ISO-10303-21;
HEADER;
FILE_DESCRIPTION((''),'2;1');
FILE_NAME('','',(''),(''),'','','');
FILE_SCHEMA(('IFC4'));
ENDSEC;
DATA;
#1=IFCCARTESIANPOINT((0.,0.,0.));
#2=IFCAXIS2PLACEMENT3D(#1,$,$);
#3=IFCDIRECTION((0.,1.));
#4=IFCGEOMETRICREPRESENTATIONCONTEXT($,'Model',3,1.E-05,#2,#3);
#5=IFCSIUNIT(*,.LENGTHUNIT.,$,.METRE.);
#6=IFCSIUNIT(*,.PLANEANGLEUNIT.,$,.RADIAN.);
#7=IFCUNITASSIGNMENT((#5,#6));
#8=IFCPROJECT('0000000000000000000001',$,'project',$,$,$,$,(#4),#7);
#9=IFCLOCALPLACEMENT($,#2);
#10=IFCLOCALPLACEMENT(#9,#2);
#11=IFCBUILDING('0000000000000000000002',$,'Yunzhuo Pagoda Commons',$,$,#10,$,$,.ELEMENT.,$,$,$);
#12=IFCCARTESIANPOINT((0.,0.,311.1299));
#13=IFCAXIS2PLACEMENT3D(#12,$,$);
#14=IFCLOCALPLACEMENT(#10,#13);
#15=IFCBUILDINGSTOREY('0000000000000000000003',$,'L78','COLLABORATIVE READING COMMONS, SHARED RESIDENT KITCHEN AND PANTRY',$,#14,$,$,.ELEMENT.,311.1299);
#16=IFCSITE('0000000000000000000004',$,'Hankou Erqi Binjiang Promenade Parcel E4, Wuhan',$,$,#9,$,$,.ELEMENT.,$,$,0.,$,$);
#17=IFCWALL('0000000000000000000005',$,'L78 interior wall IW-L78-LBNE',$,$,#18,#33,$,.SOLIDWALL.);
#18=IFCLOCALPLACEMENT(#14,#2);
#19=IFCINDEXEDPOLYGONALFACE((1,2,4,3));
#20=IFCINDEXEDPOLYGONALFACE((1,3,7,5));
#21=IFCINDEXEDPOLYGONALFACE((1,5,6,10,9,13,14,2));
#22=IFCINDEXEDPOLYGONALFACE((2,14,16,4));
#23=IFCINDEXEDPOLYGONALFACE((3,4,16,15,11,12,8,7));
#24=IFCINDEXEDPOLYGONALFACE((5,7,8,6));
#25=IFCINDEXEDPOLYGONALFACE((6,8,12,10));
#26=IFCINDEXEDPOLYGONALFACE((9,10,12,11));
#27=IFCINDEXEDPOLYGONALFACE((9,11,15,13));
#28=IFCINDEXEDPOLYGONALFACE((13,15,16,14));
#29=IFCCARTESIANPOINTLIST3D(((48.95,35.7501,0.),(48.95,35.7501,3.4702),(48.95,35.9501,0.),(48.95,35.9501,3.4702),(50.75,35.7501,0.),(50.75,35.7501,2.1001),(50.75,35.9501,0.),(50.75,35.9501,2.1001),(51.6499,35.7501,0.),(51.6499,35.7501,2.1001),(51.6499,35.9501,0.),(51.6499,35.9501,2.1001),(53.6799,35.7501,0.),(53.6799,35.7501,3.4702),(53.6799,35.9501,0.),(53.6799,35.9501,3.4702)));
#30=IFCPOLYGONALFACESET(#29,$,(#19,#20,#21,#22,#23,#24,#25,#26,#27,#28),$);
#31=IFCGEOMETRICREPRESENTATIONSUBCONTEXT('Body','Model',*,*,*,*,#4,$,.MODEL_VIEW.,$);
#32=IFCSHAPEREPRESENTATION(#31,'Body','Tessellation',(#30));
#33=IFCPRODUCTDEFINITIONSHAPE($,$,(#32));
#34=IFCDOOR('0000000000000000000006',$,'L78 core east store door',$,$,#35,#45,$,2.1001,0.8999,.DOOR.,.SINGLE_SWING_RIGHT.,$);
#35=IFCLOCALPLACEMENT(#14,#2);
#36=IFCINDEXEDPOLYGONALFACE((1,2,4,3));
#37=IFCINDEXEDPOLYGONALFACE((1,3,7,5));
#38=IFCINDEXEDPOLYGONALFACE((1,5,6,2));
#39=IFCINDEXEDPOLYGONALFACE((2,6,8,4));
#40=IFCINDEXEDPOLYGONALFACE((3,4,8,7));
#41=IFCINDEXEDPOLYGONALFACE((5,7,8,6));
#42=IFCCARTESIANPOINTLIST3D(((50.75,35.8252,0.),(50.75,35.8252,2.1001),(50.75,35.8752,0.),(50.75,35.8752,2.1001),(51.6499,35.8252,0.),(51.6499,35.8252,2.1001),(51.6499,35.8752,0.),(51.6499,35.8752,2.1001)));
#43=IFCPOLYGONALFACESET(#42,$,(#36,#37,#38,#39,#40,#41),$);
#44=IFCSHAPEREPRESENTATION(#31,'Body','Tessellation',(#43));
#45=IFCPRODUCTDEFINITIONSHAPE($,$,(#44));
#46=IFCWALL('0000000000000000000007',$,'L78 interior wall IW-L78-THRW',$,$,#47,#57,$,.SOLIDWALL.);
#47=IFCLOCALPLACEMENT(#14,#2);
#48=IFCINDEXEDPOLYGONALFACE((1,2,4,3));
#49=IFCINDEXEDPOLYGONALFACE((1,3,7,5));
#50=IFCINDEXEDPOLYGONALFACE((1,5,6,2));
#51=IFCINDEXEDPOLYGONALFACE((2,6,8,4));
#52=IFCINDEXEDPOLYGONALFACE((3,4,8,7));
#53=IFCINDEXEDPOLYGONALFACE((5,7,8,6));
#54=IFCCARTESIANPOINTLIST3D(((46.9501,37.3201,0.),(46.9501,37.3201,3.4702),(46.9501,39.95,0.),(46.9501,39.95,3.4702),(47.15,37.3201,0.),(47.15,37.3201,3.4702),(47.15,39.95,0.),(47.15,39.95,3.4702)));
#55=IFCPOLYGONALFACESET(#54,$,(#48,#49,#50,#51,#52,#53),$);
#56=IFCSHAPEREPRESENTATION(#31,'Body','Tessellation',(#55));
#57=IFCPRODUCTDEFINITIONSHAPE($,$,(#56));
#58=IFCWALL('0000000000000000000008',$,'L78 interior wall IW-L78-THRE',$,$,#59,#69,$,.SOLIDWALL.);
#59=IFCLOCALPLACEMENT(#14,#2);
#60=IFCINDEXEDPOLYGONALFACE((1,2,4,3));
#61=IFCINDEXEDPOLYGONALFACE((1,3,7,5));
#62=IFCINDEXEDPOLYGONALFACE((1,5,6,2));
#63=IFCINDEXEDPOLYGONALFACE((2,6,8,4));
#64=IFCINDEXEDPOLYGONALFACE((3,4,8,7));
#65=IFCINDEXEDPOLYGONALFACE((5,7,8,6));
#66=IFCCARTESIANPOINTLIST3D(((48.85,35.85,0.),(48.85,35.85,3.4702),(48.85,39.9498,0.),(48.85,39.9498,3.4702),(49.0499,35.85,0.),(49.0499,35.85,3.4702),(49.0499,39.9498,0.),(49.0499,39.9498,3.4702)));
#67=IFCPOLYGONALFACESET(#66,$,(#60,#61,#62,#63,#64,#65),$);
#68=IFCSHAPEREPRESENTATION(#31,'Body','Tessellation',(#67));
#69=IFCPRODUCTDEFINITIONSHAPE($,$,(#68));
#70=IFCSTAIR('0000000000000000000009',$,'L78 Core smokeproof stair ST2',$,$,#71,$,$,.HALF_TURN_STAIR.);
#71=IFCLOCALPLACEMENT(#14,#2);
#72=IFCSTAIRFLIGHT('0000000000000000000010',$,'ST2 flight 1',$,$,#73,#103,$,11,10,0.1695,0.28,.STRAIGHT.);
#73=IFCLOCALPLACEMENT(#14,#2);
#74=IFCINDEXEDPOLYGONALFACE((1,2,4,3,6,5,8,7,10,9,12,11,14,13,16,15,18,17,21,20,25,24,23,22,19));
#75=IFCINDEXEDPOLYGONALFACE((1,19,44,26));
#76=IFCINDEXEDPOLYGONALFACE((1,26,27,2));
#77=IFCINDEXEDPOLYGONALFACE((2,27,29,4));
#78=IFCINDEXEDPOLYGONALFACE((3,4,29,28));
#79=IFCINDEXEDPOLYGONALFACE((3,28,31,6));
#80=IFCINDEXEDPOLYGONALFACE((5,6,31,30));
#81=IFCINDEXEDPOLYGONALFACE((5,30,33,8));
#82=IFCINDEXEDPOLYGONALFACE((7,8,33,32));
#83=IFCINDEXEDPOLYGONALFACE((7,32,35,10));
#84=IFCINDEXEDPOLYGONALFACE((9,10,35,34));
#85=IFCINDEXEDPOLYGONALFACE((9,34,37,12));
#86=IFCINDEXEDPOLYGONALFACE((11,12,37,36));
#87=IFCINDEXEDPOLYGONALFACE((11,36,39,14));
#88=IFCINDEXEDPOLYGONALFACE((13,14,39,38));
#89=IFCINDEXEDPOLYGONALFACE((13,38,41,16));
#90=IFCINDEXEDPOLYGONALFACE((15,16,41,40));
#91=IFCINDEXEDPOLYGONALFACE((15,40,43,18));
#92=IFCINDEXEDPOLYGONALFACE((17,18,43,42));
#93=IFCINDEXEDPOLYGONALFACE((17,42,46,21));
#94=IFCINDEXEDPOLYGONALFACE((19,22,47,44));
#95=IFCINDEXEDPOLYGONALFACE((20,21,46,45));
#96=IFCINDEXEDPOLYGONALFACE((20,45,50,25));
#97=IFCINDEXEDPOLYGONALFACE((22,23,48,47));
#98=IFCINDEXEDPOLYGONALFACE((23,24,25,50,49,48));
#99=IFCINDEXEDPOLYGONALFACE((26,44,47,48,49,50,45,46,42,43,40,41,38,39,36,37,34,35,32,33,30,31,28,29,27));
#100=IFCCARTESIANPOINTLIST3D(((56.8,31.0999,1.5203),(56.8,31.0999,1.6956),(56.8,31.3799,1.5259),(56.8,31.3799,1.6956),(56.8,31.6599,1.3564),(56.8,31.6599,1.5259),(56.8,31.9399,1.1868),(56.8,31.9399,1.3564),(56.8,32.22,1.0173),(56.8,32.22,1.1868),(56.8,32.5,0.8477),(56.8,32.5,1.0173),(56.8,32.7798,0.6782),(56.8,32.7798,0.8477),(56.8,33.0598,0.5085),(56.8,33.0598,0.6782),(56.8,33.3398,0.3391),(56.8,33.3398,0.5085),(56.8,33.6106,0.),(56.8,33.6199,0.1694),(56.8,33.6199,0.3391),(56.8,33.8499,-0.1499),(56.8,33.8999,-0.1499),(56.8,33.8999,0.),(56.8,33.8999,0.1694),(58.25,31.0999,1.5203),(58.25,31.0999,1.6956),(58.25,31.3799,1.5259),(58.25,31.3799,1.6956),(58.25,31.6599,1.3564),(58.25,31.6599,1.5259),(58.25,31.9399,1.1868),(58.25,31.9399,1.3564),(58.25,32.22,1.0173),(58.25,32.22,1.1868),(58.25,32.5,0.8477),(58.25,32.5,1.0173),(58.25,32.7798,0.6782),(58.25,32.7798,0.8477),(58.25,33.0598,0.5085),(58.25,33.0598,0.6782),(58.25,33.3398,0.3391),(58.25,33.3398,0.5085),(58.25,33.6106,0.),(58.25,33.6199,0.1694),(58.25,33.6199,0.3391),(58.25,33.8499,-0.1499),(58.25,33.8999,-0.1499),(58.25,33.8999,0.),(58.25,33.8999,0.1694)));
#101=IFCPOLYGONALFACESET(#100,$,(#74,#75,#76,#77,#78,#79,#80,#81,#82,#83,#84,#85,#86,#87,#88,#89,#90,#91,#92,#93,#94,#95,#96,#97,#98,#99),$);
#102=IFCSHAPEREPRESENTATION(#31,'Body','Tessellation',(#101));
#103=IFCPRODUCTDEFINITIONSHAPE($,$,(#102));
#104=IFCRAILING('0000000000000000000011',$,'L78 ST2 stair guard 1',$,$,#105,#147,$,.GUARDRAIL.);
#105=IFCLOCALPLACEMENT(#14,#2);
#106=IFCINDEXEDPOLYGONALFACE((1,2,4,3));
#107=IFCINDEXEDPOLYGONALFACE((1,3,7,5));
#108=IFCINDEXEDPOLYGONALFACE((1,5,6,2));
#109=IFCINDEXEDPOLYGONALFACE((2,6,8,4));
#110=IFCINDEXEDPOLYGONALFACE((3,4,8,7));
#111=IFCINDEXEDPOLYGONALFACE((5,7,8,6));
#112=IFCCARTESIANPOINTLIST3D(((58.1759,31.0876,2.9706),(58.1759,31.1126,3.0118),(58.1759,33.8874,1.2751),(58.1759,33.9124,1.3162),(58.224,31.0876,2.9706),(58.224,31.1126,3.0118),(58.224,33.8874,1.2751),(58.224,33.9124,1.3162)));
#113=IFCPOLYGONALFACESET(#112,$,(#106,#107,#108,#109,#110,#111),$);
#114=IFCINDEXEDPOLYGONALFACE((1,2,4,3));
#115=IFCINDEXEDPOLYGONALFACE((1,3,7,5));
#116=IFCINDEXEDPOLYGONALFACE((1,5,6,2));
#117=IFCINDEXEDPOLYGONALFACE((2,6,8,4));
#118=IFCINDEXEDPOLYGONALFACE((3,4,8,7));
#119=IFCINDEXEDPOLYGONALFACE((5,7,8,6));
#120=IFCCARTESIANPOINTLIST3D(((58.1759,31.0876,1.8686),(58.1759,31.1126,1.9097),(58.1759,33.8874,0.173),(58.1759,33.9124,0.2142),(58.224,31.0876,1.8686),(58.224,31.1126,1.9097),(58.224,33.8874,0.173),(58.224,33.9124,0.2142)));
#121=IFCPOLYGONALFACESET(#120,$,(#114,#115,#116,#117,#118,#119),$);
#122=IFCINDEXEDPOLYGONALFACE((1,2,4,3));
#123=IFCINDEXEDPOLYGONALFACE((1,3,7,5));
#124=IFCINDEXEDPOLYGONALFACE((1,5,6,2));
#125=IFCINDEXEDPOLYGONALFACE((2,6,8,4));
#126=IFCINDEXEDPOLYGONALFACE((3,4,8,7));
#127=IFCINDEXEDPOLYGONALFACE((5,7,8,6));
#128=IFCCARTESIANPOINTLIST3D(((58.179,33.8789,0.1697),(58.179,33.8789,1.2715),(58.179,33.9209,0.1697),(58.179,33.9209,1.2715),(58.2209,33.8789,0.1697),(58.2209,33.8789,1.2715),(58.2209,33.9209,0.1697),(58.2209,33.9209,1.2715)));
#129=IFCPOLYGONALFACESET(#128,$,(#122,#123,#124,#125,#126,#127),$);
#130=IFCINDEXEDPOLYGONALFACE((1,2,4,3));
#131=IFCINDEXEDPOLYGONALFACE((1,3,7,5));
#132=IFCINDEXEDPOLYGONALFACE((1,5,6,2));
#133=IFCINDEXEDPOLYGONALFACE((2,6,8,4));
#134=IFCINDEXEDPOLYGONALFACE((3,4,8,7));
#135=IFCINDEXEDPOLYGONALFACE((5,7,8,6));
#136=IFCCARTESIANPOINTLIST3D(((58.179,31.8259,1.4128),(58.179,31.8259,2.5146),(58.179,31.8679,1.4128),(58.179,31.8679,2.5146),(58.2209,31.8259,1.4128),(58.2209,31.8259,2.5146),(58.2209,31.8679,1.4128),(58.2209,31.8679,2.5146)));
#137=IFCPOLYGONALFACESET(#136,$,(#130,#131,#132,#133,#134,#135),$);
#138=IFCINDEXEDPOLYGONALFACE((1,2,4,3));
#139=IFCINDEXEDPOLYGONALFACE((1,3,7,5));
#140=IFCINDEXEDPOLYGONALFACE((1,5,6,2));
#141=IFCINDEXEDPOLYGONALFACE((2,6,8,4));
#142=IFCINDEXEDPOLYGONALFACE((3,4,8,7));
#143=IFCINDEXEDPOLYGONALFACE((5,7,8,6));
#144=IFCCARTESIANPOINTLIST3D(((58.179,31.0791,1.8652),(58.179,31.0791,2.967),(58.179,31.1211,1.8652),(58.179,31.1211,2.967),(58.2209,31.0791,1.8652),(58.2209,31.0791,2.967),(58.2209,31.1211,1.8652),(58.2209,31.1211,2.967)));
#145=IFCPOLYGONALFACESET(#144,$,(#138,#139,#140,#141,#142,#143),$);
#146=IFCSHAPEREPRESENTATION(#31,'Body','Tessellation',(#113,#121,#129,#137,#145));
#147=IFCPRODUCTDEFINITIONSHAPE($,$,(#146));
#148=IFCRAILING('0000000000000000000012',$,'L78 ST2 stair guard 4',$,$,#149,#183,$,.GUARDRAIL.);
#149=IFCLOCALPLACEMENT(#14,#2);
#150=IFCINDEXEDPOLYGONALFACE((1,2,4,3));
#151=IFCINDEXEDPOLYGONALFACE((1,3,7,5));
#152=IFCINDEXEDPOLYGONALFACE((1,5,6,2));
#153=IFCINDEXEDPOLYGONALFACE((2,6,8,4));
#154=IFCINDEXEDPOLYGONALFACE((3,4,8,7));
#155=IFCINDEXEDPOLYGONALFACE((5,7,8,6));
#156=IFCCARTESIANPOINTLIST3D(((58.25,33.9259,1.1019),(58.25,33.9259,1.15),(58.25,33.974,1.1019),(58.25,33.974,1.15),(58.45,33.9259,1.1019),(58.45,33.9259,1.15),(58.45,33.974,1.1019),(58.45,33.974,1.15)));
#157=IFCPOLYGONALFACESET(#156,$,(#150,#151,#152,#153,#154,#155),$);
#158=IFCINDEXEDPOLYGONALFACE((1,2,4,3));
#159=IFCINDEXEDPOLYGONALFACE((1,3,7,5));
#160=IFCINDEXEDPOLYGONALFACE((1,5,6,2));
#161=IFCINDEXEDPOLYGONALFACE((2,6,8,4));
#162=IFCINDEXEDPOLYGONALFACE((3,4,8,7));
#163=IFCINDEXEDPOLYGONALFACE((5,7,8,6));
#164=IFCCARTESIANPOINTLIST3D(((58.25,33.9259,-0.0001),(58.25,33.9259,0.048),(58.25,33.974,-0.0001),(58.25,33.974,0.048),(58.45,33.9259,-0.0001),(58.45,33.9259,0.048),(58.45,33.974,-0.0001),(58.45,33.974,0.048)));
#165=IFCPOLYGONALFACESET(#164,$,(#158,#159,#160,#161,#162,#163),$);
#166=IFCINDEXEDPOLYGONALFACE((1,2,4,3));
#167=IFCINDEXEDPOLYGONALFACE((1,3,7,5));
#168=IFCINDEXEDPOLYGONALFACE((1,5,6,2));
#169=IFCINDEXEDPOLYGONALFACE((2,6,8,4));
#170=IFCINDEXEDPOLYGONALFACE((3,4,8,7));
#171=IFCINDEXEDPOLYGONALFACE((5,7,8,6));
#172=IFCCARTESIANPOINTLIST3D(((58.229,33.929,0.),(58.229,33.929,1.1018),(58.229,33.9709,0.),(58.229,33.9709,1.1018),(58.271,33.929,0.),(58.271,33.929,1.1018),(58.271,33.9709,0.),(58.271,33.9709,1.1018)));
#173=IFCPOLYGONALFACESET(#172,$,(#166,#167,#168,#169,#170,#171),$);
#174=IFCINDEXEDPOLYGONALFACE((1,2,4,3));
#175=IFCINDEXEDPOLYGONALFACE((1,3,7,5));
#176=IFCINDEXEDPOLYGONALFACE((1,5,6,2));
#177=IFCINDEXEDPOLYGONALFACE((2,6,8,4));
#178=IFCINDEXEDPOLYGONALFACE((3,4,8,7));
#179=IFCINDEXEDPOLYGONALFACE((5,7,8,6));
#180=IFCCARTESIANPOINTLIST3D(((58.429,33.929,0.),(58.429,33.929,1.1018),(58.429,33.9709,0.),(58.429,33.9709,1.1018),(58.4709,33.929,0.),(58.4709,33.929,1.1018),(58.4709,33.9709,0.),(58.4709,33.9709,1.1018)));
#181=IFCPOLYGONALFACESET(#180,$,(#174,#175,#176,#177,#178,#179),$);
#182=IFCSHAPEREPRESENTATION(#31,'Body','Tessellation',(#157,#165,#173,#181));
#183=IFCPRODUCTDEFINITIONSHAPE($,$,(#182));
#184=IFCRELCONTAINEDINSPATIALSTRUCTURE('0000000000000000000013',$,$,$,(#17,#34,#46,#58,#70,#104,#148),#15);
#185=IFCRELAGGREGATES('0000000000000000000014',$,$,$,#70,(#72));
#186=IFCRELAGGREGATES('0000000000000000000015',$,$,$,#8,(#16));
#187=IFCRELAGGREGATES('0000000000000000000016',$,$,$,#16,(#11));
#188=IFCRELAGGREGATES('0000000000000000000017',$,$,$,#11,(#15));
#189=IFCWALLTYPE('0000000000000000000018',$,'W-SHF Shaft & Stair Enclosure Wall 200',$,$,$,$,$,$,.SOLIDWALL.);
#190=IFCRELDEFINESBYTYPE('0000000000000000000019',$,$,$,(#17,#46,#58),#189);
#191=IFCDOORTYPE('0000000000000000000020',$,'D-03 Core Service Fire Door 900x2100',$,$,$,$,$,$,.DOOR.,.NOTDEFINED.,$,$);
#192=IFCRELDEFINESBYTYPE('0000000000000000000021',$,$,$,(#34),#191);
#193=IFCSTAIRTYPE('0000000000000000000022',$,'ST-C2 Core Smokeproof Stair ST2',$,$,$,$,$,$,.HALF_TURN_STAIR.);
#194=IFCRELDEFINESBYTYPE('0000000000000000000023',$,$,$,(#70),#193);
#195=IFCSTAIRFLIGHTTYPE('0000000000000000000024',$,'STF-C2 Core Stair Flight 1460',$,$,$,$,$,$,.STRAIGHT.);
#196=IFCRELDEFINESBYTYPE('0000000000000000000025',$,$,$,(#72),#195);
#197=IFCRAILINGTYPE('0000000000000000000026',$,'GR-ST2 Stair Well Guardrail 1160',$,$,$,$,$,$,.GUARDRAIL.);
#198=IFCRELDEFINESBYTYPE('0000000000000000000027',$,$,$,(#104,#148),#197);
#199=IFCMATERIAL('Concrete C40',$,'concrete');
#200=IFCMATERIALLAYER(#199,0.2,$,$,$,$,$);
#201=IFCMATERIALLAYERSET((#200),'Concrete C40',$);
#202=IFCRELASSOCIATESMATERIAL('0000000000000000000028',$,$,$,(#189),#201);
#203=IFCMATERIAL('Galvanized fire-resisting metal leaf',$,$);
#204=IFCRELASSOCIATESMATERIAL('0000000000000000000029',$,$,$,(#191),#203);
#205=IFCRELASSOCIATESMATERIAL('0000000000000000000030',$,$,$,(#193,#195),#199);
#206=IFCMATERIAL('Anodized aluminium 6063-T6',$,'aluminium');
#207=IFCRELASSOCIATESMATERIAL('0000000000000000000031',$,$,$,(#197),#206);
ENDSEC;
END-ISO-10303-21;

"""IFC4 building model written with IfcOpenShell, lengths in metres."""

from ifc_helpers import new_model, si_unit, direction, frame, frame_2d, origin, origin_2d, place, context, subcontext, project, spatial, polyline, rectangle, outline, extrude, source, transform, mapped, material, layer, layer_set, type_object, element, fill, aggregate, save


model = new_model("IFC4")

# Units and contexts
model_context = context("Model", 3, precision=1e-05, world=origin(), true_north=direction((0.0, 1.0)))
body_context = subcontext(model_context, "Body", "Model", "MODEL_VIEW")
ifc_project = project(units=[si_unit("LENGTHUNIT", "METRE"), si_unit("PLANEANGLEUNIT", "RADIAN")], contexts=[model_context])

# Site, building, storey
site_placement = place(None, origin())
site = spatial("IfcSite", under=ifc_project, at=site_placement, Name="Hankou Erqi Binjiang Promenade Parcel E4, Wuhan", CompositionType="ELEMENT", RefElevation=0.0)
building_placement = place(site_placement, origin())
building = spatial("IfcBuilding", under=site, at=building_placement, Name="Yunzhuo Pagoda Commons", CompositionType="ELEMENT")
storey_placement = place(building_placement, frame((0.0, 0.0, 311.1299)))
storey = spatial("IfcBuildingStorey", under=building, at=storey_placement, Name="L78", Description="COLLABORATIVE READING COMMONS, SHARED RESIDENT KITCHEN AND PANTRY", CompositionType="ELEMENT", Elevation=311.1299)

# Shared definitions
ifc_material_1 = material(Name="Galvanized fire-resisting metal leaf")

# Shared definitions
ifc_material_2 = material(Name="Concrete C40", Category="concrete")
ifc_layer_1 = layer(ifc_material_2, 0.2)
ifc_layer_set_1 = layer_set([ifc_layer_1], Name="Concrete C40")
wall_type_1 = type_object("IfcWallType", Name="W-SHF Shaft & Stair Enclosure Wall 200", PredefinedType="SOLIDWALL", material=ifc_layer_set_1)

# Wall, opening, door
wall_1_placement = place(storey_placement, frame((48.95, 35.8501, 0.0), z_axis=(0.0, 0.0, 1.0), x_axis=(1.0, 0.0, 0.0)))
wall_1 = element("IfcWall", 1, at=wall_1_placement, inside=storey, type_object=wall_type_1, Name="L78 interior wall IW-L78-LBNE", PredefinedType="SOLIDWALL", context=body_context, shape_type="SweptSolid", body=[
    extrude(rectangle(XDim=4.73, YDim=0.2, at=frame_2d((2.365, 0.0))), origin(), (0.0, 0.0, 1.0), 3.4702),
])
opening_1_placement = place(wall_1_placement, frame((1.8, 0.0, 0.0)))
opening_1 = element("IfcOpeningElement", 2, at=opening_1_placement, cuts=wall_1, PredefinedType="OPENING", context=body_context, shape_type="SweptSolid", body=[
    extrude(rectangle(XDim=0.8999, YDim=2.1001, at=frame_2d((0.45, 1.05))), frame((0.0, 0.1099, 0.0), z_axis=(0.0, -1.0, 0.0), x_axis=(1.0, 0.0, 0.0)), (0.0, 0.0, 1.0), 0.22),
])
door_type_1 = type_object("IfcDoorType", Name="D-03 Core Service Fire Door 900x2100", OperationType="NOTDEFINED", PredefinedType="DOOR", material=ifc_material_1)
shared_shape_1 = source(origin(), body_context, "Body", "SweptSolid", [
    extrude(rectangle(XDim=0.8999, YDim=2.1001, at=frame_2d((0.45, 1.05))), frame((0.0, 0.0249, 0.0), z_axis=(0.0, -1.0, 0.0), x_axis=(1.0, 0.0, 0.0)), (0.0, 0.0, 1.0), 0.05),
])
door_1_placement = place(opening_1_placement, frame((0.8999, 0.0, 0.0), z_axis=(0.0, 0.0, 1.0), x_axis=(-1.0, 0.0, 0.0)))
door_1 = element("IfcDoor", 3, at=door_1_placement, inside=storey, type_object=door_type_1, Name="L78 core east store door", OperationType="SINGLE_SWING_RIGHT", OverallHeight=2.1001, OverallWidth=0.8999, PredefinedType="DOOR", context=body_context, shape_type="MappedRepresentation", body=[
    mapped(shared_shape_1, transform((0.0, 0.0, 0.0), scale=1.0)),
])
fill(opening_1, door_1)

# Walls
wall_2_placement = place(storey_placement, frame((47.05, 37.3201, 0.0), z_axis=(0.0, 0.0, 1.0), x_axis=(0.0, 1.0, 0.0)))
element("IfcWall", 4, at=wall_2_placement, inside=storey, type_object=wall_type_1, Name="L78 interior wall IW-L78-THRW", PredefinedType="SOLIDWALL", context=body_context, shape_type="SweptSolid", body=[
    extrude(rectangle(XDim=2.6299, YDim=0.2, at=frame_2d((1.3149, 0.0))), origin(), (0.0, 0.0, 1.0), 3.4702),
])
wall_3_placement = place(storey_placement, frame((48.95, 35.8501, 0.0), z_axis=(0.0, 0.0, 1.0), x_axis=(0.0, 1.0, 0.0)))
element("IfcWall", 5, at=wall_3_placement, inside=storey, type_object=wall_type_1, Name="L78 interior wall IW-L78-THRE", PredefinedType="SOLIDWALL", context=body_context, shape_type="SweptSolid", body=[
    extrude(rectangle(XDim=4.0999, YDim=0.2, at=frame_2d((2.0498, 0.0))), origin(), (0.0, 0.0, 1.0), 3.4702),
])

# Stair, stair flight
stair_type = type_object("IfcStairType", Name="ST-C2 Core Smokeproof Stair ST2", PredefinedType="HALF_TURN_STAIR", material=ifc_material_2)
stair_placement = place(storey_placement, origin())
stair = element("IfcStair", 6, at=stair_placement, inside=storey, type_object=stair_type, Name="L78 Core smokeproof stair ST2", PredefinedType="HALF_TURN_STAIR")
stair_flight_type = type_object("IfcStairFlightType", Name="STF-C2 Core Stair Flight 1460", PredefinedType="STRAIGHT", material=ifc_material_2)
shared_shape_2 = source(origin(), body_context, "Body", "SweptSolid", [
    extrude(outline(polyline([(0.0, -0.1499), (0.0, 0.0), (0.0, 0.1694), (0.28, 0.1694), (0.28, 0.3391), (0.5601, 0.3391), (0.5601, 0.5085), (0.8401, 0.5085), (0.8401, 0.6782), (1.1201, 0.6782), (1.1201, 0.8477), (1.3999, 0.8477), (1.3999, 1.0173), (1.6799, 1.0173), (1.6799, 1.1868), (1.96, 1.1868), (1.96, 1.3564), (2.24, 1.3564), (2.24, 1.5259), (2.52, 1.5259), (2.52, 1.6956), (2.8, 1.6956), (2.8, 1.865), (2.8, 1.5203), (0.2893, 0.0), (0.05, -0.1499), (0.0, -0.1499)])), frame((0.0, 0.7251, 0.0), z_axis=(0.0, -1.0, 0.0), x_axis=(1.0, 0.0, 0.0)), (0.0, 0.0, 1.0), 1.45),
])
stair_flight_placement = place(storey_placement, frame((57.5249, 33.8999, 0.0), z_axis=(0.0, 0.0, 1.0), x_axis=(0.0, -1.0, 0.0)))
stair_flight = element("IfcStairFlight", 7, at=stair_flight_placement, type_object=stair_flight_type, Name="ST2 flight 1", NumberOfRisers=11, NumberOfTreads=10, PredefinedType="STRAIGHT", RiserHeight=0.1695, TreadLength=0.28, context=body_context, shape_type="MappedRepresentation", body=[
    mapped(shared_shape_2, transform((0.0, 0.0, 0.0), scale=1.0)),
])
aggregate(stair, [stair_flight])

# Railings
ifc_material_3 = material(Name="Anodized aluminium 6063-T6", Category="aluminium")
railing_type_1 = type_object("IfcRailingType", Name="GR-ST2 Stair Well Guardrail 1160", PredefinedType="GUARDRAIL", material=ifc_material_3)
railing_1_placement = place(storey_placement, frame((58.2, 33.8999, 0.1697)))
element("IfcRailing", 8, at=railing_1_placement, inside=storey, type_object=railing_type_1, Name="L78 ST2 stair guard 1", PredefinedType="GUARDRAIL", context=body_context, shape_type="SweptSolid", body=[
    extrude(rectangle(XDim=0.0481, YDim=0.0481, at=origin_2d()), frame((0.0, 0.0, 1.126), z_axis=(0.0, -0.855373, 0.518012), x_axis=(1.0, 0.0, 0.0)), (0.0, 0.0, 1.0), 3.2732),
    extrude(rectangle(XDim=0.0481, YDim=0.0481, at=origin_2d()), frame((0.0, 0.0, 0.0239), z_axis=(0.0, -0.855373, 0.518012), x_axis=(1.0, 0.0, 0.0)), (0.0, 0.0, 1.0), 3.2732),
    extrude(rectangle(XDim=0.042, YDim=0.042, at=origin_2d()), origin(), (0.0, 0.0, 1.0), 1.1018),
    extrude(rectangle(XDim=0.042, YDim=0.042, at=origin_2d()), frame((0.0, -2.053, 1.2432)), (0.0, 0.0, 1.0), 1.1018),
    extrude(rectangle(XDim=0.042, YDim=0.042, at=origin_2d()), frame((0.0, -2.7998, 1.6956)), (0.0, 0.0, 1.0), 1.1018),
])
railing_2_placement = place(storey_placement, frame((58.25, 33.95, 0.0)))
element("IfcRailing", 9, at=railing_2_placement, inside=storey, type_object=railing_type_1, Name="L78 ST2 stair guard 4", PredefinedType="GUARDRAIL", context=body_context, shape_type="SweptSolid", body=[
    extrude(rectangle(XDim=0.0481, YDim=0.0481, at=origin_2d()), frame((0.0, 0.0, 1.126), z_axis=(1.0, 0.0, 0.0), x_axis=(0.0, 1.0, 0.0)), (0.0, 0.0, 1.0), 0.2),
    extrude(rectangle(XDim=0.0481, YDim=0.0481, at=origin_2d()), frame((0.0, 0.0, 0.0239), z_axis=(1.0, 0.0, 0.0), x_axis=(0.0, 1.0, 0.0)), (0.0, 0.0, 1.0), 0.2),
    extrude(rectangle(XDim=0.042, YDim=0.042, at=origin_2d()), origin(), (0.0, 0.0, 1.0), 1.1018),
    extrude(rectangle(XDim=0.042, YDim=0.042, at=origin_2d()), frame((0.2, 0.0, 0.0)), (0.0, 0.0, 1.0), 1.1018),
])

save(model, "model.ifc")
